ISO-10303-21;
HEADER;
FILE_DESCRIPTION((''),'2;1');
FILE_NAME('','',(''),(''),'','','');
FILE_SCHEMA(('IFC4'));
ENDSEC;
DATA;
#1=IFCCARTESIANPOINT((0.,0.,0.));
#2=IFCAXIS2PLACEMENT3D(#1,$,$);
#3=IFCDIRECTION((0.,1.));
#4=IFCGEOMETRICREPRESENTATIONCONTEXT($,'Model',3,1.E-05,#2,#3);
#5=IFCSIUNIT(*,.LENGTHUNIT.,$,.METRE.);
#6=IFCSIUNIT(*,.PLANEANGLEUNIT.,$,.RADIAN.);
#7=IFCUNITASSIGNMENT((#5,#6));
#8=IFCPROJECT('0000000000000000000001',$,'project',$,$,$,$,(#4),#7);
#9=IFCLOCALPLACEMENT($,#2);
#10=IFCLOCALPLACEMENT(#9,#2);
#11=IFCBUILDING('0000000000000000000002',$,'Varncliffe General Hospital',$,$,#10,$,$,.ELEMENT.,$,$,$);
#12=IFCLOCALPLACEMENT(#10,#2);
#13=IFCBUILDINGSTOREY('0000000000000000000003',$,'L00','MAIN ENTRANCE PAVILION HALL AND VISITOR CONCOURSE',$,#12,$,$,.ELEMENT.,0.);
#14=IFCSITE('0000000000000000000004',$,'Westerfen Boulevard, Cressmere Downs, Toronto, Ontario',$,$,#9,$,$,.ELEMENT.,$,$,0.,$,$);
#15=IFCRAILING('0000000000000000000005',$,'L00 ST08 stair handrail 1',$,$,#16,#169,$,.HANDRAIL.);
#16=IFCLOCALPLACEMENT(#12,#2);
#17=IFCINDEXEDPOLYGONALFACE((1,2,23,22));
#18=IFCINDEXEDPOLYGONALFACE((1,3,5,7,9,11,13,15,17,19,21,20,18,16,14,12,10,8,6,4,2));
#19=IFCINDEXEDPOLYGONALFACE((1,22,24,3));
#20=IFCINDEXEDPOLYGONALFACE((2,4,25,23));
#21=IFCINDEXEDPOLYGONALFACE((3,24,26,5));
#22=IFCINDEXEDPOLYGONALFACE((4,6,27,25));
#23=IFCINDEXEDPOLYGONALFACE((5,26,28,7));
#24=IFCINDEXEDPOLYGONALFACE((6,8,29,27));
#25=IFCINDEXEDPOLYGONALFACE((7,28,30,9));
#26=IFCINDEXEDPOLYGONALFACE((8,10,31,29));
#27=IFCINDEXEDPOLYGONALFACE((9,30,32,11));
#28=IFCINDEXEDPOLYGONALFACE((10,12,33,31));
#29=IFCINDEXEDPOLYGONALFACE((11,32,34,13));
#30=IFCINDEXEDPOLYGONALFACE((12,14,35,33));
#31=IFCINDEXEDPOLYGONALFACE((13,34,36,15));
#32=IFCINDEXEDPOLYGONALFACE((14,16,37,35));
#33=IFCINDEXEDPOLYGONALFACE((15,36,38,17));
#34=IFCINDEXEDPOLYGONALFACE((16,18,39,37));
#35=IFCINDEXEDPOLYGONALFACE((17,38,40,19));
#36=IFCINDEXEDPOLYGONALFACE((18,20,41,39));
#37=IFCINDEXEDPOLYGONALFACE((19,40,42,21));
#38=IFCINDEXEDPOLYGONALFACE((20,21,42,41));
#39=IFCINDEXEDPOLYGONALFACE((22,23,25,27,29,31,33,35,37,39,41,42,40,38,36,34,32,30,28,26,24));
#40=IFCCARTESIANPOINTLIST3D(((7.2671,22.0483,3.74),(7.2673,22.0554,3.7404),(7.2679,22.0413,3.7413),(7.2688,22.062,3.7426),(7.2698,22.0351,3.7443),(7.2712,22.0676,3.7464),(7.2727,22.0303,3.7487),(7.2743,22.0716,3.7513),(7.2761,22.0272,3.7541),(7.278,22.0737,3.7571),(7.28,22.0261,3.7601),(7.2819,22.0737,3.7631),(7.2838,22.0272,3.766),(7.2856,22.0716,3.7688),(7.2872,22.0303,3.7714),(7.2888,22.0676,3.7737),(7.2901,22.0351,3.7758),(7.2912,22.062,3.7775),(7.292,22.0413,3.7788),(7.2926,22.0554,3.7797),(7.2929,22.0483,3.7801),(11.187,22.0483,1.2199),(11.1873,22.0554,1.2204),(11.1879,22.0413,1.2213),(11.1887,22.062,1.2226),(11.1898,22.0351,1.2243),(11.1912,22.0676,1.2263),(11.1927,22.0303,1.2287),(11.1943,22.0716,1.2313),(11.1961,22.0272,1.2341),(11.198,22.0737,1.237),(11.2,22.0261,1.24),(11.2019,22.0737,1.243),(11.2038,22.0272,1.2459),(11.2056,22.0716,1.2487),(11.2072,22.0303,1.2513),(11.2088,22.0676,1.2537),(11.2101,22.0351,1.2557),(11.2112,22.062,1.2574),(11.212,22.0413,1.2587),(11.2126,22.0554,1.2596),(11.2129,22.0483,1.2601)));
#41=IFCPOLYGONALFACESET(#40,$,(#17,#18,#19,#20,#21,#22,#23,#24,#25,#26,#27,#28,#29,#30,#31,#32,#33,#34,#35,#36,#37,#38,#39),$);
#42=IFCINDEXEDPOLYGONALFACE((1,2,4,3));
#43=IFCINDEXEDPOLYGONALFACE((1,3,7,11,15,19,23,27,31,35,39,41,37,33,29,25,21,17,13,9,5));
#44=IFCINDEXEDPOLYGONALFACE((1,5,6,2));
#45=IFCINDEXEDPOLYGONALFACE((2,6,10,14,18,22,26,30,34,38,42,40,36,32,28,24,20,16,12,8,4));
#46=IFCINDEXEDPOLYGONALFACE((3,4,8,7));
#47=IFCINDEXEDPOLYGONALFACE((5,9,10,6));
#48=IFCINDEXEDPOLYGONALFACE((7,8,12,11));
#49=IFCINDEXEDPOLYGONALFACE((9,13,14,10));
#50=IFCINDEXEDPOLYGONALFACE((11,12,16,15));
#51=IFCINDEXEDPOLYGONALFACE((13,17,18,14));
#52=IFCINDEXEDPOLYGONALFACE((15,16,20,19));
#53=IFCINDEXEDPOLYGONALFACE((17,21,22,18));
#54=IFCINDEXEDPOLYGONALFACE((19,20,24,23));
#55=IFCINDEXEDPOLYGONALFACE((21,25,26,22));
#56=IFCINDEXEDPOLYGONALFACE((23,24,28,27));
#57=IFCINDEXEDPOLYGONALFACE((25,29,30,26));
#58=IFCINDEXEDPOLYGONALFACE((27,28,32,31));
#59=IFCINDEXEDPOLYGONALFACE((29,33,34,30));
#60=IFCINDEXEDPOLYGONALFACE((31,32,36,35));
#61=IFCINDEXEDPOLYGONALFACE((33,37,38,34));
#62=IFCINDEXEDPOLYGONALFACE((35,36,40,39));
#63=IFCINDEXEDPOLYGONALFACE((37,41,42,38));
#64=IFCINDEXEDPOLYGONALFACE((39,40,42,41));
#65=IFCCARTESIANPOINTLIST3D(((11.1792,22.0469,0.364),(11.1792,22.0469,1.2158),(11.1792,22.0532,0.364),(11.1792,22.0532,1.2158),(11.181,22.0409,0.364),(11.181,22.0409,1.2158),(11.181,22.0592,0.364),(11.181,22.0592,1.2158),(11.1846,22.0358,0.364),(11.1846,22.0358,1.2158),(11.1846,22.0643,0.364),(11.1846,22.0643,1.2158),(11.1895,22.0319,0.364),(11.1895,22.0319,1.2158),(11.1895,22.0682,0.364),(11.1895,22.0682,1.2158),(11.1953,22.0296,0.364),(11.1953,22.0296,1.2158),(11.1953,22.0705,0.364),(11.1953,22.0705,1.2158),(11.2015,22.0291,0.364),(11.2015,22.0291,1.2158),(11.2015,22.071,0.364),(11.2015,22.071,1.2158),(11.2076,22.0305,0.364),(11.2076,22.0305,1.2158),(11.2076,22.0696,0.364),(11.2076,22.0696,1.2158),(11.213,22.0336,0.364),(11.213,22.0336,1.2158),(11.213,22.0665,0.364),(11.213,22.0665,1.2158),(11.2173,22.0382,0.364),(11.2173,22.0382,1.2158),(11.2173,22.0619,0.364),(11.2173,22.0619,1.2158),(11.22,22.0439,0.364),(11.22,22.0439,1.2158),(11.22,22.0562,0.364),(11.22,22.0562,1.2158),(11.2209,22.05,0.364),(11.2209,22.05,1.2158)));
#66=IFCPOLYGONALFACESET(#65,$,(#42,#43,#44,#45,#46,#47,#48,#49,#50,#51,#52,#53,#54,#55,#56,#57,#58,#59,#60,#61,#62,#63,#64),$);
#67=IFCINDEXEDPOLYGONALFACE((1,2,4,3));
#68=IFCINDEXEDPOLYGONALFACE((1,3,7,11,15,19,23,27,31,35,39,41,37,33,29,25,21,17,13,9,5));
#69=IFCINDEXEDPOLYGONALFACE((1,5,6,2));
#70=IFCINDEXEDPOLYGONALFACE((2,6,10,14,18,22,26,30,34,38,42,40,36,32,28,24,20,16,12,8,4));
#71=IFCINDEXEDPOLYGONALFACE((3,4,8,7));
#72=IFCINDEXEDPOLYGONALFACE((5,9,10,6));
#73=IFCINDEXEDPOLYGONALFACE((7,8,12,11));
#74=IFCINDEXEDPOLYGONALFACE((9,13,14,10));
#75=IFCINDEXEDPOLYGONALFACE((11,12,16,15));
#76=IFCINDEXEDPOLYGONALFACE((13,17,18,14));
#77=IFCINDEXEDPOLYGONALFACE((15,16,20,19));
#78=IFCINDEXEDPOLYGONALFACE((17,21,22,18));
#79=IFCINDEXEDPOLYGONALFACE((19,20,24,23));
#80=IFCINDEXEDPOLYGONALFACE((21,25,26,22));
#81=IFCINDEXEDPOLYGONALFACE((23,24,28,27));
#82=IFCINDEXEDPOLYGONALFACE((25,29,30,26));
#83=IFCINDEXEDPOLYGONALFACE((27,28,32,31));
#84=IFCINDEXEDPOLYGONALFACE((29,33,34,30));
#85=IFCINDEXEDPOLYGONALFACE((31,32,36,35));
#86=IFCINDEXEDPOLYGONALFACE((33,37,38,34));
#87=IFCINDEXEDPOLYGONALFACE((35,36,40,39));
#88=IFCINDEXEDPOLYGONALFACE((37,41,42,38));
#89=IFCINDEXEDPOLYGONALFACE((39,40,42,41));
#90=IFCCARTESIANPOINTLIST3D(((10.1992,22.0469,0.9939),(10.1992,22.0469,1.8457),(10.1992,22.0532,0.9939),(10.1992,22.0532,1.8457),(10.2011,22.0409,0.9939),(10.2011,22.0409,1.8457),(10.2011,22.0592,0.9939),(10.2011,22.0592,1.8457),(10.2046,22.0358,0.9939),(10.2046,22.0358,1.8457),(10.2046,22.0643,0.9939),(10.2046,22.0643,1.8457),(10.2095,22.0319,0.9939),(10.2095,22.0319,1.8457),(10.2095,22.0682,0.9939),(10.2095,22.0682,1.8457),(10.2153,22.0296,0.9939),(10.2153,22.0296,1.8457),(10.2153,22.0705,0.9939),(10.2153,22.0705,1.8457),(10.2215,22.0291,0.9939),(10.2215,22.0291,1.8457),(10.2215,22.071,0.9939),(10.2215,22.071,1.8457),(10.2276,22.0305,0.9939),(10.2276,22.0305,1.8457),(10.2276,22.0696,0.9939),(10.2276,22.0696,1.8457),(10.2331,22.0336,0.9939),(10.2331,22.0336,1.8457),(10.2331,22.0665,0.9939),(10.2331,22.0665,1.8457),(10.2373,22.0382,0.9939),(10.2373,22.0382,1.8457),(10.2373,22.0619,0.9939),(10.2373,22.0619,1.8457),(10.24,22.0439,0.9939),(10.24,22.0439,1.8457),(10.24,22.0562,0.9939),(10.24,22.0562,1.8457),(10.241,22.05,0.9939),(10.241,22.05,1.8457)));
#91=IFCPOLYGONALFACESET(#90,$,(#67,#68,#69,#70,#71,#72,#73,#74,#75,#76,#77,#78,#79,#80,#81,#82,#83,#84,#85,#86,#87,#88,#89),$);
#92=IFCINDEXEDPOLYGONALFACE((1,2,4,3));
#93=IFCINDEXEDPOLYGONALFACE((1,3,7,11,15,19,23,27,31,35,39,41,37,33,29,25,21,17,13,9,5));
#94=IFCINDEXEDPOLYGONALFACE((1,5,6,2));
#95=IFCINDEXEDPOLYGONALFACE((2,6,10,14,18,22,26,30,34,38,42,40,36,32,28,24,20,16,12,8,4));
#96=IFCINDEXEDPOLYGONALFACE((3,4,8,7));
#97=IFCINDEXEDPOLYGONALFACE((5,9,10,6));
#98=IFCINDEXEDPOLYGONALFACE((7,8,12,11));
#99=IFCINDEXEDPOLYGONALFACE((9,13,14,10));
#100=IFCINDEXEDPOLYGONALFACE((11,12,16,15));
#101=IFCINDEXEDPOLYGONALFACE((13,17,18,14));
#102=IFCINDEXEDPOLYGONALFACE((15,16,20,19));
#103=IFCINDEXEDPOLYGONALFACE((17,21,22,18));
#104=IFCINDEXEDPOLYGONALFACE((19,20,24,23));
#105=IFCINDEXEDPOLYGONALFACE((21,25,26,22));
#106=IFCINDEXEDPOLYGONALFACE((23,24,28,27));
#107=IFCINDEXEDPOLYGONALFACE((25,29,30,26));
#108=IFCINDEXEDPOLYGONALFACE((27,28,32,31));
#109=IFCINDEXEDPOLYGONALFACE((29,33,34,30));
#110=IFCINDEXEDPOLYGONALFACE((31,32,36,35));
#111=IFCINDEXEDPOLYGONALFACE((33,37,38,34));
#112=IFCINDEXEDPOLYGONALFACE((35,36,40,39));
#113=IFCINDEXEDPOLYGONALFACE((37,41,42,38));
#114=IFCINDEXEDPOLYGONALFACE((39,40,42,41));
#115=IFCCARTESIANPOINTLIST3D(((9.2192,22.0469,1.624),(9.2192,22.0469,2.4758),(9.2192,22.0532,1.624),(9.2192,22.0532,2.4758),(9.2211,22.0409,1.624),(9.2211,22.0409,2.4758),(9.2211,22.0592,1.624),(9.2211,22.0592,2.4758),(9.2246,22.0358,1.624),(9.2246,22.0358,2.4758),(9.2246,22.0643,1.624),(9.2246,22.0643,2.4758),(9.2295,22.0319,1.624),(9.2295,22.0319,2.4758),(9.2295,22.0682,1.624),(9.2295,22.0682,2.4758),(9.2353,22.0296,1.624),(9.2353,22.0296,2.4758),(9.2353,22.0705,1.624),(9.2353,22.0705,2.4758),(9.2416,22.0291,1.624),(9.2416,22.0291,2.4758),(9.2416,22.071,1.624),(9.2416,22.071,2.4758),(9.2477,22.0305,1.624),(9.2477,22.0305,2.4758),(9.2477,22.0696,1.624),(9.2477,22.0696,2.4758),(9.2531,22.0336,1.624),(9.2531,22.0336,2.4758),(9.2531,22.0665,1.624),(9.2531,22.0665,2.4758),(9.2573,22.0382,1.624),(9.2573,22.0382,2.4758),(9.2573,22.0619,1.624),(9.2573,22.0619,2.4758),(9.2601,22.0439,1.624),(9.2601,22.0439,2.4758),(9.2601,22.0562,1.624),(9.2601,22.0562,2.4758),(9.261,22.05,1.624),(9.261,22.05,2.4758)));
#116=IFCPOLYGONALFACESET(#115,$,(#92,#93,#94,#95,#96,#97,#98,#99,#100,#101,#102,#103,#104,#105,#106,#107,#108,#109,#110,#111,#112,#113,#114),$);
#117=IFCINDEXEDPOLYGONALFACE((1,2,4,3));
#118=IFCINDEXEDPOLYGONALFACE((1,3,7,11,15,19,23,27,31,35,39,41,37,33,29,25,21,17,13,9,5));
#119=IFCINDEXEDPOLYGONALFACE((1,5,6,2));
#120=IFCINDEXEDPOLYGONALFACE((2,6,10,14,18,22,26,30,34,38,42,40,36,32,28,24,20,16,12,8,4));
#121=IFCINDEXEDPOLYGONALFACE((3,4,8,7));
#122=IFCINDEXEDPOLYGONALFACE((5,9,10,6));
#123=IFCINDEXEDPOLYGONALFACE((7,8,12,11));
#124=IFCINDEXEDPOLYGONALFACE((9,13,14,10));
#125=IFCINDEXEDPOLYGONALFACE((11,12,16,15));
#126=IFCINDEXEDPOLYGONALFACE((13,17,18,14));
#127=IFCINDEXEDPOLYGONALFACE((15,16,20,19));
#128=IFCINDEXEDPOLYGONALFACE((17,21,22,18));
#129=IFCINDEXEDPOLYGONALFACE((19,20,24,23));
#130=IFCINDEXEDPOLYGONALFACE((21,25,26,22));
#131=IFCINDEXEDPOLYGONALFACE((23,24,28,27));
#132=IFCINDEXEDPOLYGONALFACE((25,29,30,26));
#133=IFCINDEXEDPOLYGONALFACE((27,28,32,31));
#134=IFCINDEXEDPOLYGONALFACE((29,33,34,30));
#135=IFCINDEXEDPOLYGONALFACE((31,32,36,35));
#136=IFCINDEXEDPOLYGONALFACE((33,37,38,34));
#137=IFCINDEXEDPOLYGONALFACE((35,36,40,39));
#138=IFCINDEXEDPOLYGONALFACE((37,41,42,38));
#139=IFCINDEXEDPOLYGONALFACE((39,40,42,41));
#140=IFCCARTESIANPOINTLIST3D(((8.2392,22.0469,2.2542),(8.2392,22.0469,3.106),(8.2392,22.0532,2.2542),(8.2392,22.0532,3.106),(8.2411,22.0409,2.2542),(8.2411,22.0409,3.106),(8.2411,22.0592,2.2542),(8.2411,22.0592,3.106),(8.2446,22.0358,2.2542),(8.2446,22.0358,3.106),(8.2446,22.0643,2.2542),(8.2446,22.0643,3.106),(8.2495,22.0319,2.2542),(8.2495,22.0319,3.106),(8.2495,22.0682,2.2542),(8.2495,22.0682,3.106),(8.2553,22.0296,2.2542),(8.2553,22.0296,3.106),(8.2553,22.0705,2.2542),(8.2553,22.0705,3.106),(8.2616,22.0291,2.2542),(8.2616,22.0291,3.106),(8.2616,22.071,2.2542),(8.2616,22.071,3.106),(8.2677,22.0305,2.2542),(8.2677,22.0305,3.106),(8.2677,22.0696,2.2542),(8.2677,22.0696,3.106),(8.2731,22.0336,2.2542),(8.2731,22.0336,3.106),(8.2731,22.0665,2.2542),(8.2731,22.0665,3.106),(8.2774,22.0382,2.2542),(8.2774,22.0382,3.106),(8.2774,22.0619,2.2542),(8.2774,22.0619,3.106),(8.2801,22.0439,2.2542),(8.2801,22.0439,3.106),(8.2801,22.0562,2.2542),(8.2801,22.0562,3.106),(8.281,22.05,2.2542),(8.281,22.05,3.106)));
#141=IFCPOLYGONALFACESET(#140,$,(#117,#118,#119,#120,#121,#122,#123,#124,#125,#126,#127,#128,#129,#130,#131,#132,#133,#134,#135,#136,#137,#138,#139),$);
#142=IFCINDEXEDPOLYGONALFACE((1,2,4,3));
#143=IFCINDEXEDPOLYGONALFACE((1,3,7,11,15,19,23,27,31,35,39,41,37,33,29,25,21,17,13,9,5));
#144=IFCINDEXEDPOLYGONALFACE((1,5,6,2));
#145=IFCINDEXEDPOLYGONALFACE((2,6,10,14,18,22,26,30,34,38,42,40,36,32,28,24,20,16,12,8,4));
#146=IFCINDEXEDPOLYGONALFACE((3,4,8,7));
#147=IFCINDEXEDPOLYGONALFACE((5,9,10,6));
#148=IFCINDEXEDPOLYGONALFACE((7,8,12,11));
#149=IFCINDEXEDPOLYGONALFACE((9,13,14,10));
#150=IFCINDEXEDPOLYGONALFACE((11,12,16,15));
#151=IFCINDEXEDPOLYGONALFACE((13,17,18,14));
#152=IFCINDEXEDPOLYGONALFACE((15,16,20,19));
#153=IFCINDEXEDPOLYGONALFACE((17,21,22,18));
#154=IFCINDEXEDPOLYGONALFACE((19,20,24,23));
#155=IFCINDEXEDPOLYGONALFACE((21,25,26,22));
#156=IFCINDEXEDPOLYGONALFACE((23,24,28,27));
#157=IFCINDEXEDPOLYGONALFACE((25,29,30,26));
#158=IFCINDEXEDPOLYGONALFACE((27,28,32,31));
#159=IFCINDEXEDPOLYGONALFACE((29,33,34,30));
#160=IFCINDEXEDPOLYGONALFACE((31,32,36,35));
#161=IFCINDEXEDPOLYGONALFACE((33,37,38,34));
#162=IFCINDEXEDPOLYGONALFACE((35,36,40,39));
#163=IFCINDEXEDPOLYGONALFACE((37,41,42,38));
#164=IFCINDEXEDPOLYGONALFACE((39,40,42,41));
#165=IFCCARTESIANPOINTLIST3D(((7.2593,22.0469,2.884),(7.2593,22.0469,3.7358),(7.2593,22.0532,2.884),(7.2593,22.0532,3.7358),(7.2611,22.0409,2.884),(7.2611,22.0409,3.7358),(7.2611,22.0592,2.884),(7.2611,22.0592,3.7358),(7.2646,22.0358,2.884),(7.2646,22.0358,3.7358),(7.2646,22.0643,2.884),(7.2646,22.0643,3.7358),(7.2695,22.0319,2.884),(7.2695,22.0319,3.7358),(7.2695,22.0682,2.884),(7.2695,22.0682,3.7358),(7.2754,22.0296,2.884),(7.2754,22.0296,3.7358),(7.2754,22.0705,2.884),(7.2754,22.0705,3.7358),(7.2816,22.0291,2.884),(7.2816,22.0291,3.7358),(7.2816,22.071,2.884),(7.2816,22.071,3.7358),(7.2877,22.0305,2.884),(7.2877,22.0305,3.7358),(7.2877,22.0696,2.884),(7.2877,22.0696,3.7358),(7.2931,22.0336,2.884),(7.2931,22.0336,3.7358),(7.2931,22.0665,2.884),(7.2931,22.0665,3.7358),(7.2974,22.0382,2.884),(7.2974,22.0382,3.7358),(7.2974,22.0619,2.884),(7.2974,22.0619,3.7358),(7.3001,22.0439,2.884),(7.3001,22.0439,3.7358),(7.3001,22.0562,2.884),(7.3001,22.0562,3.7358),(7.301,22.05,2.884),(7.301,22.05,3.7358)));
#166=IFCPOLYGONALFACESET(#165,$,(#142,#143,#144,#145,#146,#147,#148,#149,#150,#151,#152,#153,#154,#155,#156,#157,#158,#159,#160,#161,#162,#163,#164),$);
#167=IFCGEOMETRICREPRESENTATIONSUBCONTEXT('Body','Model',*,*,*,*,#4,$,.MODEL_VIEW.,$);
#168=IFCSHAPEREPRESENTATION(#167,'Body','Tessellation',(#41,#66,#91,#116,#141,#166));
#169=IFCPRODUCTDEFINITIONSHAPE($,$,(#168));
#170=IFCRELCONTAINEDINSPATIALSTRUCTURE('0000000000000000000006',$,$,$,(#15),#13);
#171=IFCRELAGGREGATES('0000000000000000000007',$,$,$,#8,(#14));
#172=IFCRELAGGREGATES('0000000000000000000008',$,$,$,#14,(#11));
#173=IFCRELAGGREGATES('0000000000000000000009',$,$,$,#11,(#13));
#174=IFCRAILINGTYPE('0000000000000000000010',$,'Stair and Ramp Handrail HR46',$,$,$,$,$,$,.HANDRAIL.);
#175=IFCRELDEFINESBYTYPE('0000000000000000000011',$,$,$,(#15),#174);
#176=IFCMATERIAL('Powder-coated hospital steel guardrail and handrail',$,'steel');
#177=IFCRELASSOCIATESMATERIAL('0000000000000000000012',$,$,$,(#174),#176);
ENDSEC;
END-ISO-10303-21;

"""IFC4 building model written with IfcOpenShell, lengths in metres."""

from ifc_helpers import new_model, si_unit, direction, frame, origin, origin_2d, place, context, subcontext, project, spatial, circle, extrude, material, type_object, element, save


model = new_model("IFC4")

# Units and contexts
model_context = context("Model", 3, precision=1e-05, world=origin(), true_north=direction((0.0, 1.0)))
body_context = subcontext(model_context, "Body", "Model", "MODEL_VIEW")
ifc_project = project(units=[si_unit("LENGTHUNIT", "METRE"), si_unit("PLANEANGLEUNIT", "RADIAN")], contexts=[model_context])

# Site, building, storey
site_placement = place(None, origin())
site = spatial("IfcSite", under=ifc_project, at=site_placement, Name="Westerfen Boulevard, Cressmere Downs, Toronto, Ontario", CompositionType="ELEMENT", RefElevation=0.0)
building_placement = place(site_placement, origin())
building = spatial("IfcBuilding", under=site, at=building_placement, Name="Varncliffe General Hospital", CompositionType="ELEMENT")
storey_placement = place(building_placement, origin())
storey = spatial("IfcBuildingStorey", under=building, at=storey_placement, Name="L00", Description="MAIN ENTRANCE PAVILION HALL AND VISITOR CONCOURSE", CompositionType="ELEMENT", Elevation=0.0)

# Railing
ifc_material_1 = material(Name="Powder-coated hospital steel guardrail and handrail", Category="steel")
railing_type_1 = type_object("IfcRailingType", Name="Stair and Ramp Handrail HR46", PredefinedType="HANDRAIL", material=ifc_material_1)
railing_1_placement = place(storey_placement, frame((11.2, 22.05, 0.364)))
element("IfcRailing", 1, at=railing_1_placement, inside=storey, type_object=railing_type_1, Name="L00 ST08 stair handrail 1", PredefinedType="HANDRAIL", context=body_context, shape_type="SweptSolid", body=[
    extrude(circle(Radius=0.0239, at=origin_2d()), frame((0.0, 0.0, 0.876), z_axis=(-0.841172, 0.0, 0.540768), x_axis=(0.0, -1.0, 0.0)), (0.0, 0.0, 1.0), 4.6602),
    extrude(circle(Radius=0.021, at=origin_2d()), origin(), (0.0, 0.0, 1.0), 0.8518),
    extrude(circle(Radius=0.021, at=origin_2d()), frame((-0.98, 0.0, 0.6299)), (0.0, 0.0, 1.0), 0.8518),
    extrude(circle(Radius=0.021, at=origin_2d()), frame((-1.96, 0.0, 1.26)), (0.0, 0.0, 1.0), 0.8518),
    extrude(circle(Radius=0.021, at=origin_2d()), frame((-2.9399, 0.0, 1.8901)), (0.0, 0.0, 1.0), 0.8518),
    extrude(circle(Radius=0.021, at=origin_2d()), frame((-3.9199, 0.0, 2.52)), (0.0, 0.0, 1.0), 0.8518),
])

save(model, "model.ifc")
